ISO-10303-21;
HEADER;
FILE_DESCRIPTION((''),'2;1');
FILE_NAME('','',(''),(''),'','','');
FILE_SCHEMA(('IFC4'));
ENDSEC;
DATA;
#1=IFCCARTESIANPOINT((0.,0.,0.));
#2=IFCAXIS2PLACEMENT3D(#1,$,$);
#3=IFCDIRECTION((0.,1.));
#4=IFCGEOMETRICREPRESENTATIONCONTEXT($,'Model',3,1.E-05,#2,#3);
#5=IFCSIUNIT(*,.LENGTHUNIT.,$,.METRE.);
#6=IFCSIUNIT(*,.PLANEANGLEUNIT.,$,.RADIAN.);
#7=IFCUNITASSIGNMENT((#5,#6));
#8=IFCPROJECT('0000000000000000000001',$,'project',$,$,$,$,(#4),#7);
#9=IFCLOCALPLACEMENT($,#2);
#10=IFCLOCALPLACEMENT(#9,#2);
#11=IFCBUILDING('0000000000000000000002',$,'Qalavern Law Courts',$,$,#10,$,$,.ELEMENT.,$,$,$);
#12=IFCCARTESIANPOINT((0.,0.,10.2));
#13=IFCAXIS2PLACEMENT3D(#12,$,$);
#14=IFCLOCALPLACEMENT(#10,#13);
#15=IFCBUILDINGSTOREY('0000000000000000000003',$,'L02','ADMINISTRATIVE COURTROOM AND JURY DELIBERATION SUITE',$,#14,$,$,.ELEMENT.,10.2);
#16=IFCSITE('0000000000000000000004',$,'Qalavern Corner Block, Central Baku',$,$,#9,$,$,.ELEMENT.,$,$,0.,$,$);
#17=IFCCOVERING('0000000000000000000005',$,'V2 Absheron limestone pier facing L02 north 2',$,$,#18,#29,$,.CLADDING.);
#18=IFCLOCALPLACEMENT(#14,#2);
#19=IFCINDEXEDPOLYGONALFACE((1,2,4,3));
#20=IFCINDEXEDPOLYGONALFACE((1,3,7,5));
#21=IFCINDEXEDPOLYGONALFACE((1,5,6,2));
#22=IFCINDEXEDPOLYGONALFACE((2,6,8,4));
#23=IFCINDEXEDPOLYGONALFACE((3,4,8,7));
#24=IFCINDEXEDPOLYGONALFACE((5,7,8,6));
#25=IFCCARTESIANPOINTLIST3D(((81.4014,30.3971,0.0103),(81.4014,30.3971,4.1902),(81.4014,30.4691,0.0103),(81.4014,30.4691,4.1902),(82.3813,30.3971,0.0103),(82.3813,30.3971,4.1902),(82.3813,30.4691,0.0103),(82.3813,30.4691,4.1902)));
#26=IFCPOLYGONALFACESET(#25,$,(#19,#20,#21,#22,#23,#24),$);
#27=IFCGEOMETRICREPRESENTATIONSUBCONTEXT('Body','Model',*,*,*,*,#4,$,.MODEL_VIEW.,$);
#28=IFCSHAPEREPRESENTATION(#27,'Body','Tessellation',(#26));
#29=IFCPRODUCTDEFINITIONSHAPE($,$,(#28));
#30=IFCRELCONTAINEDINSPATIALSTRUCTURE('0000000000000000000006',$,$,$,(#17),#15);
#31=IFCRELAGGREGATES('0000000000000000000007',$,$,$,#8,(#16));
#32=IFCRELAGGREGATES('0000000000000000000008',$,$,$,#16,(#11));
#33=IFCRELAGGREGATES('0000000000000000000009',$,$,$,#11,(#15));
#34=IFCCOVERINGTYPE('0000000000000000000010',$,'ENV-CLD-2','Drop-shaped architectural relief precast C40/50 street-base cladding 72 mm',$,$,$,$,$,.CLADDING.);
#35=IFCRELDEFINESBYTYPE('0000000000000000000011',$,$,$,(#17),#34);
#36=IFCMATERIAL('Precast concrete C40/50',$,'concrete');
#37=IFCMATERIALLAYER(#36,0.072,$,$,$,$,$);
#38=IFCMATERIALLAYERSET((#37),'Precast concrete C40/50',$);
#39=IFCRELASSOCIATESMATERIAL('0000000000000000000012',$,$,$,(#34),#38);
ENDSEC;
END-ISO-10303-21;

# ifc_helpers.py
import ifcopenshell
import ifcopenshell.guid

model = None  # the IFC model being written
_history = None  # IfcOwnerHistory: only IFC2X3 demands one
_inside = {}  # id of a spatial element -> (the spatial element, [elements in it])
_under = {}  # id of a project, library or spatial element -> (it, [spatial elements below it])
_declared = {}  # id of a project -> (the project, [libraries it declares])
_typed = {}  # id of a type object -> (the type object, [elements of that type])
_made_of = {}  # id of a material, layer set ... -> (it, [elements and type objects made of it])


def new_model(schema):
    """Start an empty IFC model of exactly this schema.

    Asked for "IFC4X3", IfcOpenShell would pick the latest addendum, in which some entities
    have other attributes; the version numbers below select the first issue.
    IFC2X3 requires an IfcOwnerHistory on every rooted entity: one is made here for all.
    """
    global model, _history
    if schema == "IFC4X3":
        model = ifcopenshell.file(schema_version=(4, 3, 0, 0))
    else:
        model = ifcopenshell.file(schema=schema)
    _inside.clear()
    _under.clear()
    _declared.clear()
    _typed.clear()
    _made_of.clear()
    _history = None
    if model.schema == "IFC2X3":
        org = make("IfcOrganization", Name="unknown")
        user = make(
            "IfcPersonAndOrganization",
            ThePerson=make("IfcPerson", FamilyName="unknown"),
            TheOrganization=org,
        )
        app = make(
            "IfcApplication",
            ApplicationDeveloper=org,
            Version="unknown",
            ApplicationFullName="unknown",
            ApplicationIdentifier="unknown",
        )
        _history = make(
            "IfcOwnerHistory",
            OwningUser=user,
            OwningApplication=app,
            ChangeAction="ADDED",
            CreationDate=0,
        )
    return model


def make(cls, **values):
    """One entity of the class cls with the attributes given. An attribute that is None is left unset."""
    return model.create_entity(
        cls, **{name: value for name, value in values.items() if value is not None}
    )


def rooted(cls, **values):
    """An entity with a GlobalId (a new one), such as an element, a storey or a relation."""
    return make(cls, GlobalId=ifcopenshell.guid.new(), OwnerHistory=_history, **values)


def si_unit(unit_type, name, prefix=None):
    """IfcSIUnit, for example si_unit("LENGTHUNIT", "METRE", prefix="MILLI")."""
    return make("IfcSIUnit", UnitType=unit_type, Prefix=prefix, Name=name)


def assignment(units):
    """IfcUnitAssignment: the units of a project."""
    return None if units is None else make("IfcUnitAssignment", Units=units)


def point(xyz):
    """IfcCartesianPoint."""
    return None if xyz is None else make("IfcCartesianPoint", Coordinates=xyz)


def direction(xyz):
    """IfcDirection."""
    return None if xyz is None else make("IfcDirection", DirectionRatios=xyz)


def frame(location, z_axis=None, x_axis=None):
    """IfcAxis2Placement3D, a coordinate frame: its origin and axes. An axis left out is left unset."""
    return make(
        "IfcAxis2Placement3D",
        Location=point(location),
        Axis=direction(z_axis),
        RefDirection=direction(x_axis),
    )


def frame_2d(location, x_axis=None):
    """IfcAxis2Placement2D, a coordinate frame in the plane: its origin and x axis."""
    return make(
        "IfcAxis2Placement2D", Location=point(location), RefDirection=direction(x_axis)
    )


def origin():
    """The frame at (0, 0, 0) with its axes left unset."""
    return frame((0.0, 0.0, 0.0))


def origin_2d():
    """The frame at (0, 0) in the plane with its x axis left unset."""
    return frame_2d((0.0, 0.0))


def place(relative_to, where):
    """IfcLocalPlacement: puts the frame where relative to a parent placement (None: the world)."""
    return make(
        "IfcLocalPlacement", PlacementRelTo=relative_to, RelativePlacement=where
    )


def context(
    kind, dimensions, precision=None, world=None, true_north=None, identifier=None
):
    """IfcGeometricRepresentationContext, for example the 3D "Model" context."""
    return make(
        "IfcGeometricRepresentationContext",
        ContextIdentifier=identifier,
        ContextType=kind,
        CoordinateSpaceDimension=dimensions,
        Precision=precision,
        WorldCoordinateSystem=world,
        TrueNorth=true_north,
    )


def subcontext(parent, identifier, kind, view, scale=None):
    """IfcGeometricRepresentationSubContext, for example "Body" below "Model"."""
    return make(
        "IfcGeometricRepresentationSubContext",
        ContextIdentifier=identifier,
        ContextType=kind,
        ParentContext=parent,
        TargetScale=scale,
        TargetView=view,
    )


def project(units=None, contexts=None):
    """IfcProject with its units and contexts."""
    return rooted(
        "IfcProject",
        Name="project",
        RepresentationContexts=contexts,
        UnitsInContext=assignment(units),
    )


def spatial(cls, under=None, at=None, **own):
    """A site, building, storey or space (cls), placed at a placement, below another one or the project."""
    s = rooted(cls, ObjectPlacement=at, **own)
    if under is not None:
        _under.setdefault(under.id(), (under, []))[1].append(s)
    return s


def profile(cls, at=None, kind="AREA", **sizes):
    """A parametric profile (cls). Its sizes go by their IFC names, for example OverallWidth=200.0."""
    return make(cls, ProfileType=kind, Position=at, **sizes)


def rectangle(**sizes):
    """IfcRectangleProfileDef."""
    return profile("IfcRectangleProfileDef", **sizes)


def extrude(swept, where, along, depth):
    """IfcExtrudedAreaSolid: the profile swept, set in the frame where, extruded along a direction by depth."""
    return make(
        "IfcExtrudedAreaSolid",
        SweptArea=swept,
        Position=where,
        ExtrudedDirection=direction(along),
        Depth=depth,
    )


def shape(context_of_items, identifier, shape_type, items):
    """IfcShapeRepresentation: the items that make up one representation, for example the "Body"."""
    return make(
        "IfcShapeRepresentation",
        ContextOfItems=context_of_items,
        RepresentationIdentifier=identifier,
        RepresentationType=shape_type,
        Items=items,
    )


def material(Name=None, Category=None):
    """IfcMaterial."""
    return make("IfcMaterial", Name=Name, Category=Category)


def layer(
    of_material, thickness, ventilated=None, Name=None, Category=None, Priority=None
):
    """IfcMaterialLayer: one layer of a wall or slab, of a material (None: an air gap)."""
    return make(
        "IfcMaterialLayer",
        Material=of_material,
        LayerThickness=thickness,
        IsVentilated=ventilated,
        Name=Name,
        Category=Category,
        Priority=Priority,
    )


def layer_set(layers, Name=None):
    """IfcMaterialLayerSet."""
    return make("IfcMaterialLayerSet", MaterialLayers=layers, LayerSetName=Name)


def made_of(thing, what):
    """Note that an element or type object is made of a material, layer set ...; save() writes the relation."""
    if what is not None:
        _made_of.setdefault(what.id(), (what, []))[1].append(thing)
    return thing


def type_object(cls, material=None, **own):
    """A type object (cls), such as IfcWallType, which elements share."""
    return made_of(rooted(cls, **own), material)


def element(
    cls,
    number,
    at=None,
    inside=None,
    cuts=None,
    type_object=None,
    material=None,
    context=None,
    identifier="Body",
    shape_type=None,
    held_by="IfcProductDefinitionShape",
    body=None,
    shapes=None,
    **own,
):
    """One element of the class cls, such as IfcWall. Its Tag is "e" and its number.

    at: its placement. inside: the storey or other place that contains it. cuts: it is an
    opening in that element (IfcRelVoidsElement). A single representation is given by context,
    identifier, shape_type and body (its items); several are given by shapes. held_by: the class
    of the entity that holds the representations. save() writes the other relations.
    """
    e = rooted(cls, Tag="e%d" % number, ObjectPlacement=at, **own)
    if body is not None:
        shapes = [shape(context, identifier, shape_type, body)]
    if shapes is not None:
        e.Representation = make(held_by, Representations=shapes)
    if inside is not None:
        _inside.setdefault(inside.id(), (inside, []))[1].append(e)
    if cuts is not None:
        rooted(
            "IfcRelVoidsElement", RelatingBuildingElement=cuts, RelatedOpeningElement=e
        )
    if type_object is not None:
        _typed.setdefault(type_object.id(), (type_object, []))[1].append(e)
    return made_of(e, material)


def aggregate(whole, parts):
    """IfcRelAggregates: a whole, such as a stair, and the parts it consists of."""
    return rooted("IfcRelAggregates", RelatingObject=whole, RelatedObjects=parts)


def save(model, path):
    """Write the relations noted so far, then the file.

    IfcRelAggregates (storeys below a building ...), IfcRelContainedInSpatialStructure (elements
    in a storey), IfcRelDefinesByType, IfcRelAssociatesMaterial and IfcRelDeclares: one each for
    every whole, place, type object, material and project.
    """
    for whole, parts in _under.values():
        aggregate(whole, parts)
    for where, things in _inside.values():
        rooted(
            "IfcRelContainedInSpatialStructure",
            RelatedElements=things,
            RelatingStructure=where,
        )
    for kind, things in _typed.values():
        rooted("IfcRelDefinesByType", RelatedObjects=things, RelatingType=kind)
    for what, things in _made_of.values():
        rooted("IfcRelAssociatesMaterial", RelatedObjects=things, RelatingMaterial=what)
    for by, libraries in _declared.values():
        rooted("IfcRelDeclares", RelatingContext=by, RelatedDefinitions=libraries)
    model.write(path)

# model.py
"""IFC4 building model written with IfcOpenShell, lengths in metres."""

from ifc_helpers import new_model, si_unit, direction, frame, origin, origin_2d, place, context, subcontext, project, spatial, rectangle, extrude, material, layer, layer_set, type_object, element, save


model = new_model("IFC4")

# Units and contexts
model_context = context("Model", 3, precision=1e-05, world=origin(), true_north=direction((0.0, 1.0)))
body_context = subcontext(model_context, "Body", "Model", "MODEL_VIEW")
ifc_project = project(units=[si_unit("LENGTHUNIT", "METRE"), si_unit("PLANEANGLEUNIT", "RADIAN")], contexts=[model_context])

# Site, building, storey
site_placement = place(None, origin())
site = spatial("IfcSite", under=ifc_project, at=site_placement, Name="Qalavern Corner Block, Central Baku", CompositionType="ELEMENT", RefElevation=0.0)
building_placement = place(site_placement, origin())
building = spatial("IfcBuilding", under=site, at=building_placement, Name="Qalavern Law Courts", CompositionType="ELEMENT")
storey_placement = place(building_placement, frame((0.0, 0.0, 10.2)))
storey = spatial("IfcBuildingStorey", under=building, at=storey_placement, Name="L02", Description="ADMINISTRATIVE COURTROOM AND JURY DELIBERATION SUITE", CompositionType="ELEMENT", Elevation=10.2)

# Covering
ifc_material_1 = material(Name="Precast concrete C40/50", Category="concrete")
ifc_layer_1 = layer(ifc_material_1, 0.072)
ifc_layer_set_1 = layer_set([ifc_layer_1], Name="Precast concrete C40/50")
covering_type = type_object("IfcCoveringType", Name="ENV-CLD-2", Description="Drop-shaped architectural relief precast C40/50 street-base cladding 72 mm", PredefinedType="CLADDING", material=ifc_layer_set_1)
covering_placement = place(storey_placement, frame((81.8914, 30.4331, 0.0103), z_axis=(0.0, 0.0, 1.0), x_axis=(-1.0, 0.0, 0.0)))
element("IfcCovering", 1, at=covering_placement, inside=storey, type_object=covering_type, Name="V2 Absheron limestone pier facing L02 north 2", PredefinedType="CLADDING", context=body_context, shape_type="SweptSolid", body=[
    extrude(rectangle(XDim=0.98, YDim=0.072, at=origin_2d()), origin(), (0.0, 0.0, 1.0), 4.1799),
])

save(model, "model.ifc")
